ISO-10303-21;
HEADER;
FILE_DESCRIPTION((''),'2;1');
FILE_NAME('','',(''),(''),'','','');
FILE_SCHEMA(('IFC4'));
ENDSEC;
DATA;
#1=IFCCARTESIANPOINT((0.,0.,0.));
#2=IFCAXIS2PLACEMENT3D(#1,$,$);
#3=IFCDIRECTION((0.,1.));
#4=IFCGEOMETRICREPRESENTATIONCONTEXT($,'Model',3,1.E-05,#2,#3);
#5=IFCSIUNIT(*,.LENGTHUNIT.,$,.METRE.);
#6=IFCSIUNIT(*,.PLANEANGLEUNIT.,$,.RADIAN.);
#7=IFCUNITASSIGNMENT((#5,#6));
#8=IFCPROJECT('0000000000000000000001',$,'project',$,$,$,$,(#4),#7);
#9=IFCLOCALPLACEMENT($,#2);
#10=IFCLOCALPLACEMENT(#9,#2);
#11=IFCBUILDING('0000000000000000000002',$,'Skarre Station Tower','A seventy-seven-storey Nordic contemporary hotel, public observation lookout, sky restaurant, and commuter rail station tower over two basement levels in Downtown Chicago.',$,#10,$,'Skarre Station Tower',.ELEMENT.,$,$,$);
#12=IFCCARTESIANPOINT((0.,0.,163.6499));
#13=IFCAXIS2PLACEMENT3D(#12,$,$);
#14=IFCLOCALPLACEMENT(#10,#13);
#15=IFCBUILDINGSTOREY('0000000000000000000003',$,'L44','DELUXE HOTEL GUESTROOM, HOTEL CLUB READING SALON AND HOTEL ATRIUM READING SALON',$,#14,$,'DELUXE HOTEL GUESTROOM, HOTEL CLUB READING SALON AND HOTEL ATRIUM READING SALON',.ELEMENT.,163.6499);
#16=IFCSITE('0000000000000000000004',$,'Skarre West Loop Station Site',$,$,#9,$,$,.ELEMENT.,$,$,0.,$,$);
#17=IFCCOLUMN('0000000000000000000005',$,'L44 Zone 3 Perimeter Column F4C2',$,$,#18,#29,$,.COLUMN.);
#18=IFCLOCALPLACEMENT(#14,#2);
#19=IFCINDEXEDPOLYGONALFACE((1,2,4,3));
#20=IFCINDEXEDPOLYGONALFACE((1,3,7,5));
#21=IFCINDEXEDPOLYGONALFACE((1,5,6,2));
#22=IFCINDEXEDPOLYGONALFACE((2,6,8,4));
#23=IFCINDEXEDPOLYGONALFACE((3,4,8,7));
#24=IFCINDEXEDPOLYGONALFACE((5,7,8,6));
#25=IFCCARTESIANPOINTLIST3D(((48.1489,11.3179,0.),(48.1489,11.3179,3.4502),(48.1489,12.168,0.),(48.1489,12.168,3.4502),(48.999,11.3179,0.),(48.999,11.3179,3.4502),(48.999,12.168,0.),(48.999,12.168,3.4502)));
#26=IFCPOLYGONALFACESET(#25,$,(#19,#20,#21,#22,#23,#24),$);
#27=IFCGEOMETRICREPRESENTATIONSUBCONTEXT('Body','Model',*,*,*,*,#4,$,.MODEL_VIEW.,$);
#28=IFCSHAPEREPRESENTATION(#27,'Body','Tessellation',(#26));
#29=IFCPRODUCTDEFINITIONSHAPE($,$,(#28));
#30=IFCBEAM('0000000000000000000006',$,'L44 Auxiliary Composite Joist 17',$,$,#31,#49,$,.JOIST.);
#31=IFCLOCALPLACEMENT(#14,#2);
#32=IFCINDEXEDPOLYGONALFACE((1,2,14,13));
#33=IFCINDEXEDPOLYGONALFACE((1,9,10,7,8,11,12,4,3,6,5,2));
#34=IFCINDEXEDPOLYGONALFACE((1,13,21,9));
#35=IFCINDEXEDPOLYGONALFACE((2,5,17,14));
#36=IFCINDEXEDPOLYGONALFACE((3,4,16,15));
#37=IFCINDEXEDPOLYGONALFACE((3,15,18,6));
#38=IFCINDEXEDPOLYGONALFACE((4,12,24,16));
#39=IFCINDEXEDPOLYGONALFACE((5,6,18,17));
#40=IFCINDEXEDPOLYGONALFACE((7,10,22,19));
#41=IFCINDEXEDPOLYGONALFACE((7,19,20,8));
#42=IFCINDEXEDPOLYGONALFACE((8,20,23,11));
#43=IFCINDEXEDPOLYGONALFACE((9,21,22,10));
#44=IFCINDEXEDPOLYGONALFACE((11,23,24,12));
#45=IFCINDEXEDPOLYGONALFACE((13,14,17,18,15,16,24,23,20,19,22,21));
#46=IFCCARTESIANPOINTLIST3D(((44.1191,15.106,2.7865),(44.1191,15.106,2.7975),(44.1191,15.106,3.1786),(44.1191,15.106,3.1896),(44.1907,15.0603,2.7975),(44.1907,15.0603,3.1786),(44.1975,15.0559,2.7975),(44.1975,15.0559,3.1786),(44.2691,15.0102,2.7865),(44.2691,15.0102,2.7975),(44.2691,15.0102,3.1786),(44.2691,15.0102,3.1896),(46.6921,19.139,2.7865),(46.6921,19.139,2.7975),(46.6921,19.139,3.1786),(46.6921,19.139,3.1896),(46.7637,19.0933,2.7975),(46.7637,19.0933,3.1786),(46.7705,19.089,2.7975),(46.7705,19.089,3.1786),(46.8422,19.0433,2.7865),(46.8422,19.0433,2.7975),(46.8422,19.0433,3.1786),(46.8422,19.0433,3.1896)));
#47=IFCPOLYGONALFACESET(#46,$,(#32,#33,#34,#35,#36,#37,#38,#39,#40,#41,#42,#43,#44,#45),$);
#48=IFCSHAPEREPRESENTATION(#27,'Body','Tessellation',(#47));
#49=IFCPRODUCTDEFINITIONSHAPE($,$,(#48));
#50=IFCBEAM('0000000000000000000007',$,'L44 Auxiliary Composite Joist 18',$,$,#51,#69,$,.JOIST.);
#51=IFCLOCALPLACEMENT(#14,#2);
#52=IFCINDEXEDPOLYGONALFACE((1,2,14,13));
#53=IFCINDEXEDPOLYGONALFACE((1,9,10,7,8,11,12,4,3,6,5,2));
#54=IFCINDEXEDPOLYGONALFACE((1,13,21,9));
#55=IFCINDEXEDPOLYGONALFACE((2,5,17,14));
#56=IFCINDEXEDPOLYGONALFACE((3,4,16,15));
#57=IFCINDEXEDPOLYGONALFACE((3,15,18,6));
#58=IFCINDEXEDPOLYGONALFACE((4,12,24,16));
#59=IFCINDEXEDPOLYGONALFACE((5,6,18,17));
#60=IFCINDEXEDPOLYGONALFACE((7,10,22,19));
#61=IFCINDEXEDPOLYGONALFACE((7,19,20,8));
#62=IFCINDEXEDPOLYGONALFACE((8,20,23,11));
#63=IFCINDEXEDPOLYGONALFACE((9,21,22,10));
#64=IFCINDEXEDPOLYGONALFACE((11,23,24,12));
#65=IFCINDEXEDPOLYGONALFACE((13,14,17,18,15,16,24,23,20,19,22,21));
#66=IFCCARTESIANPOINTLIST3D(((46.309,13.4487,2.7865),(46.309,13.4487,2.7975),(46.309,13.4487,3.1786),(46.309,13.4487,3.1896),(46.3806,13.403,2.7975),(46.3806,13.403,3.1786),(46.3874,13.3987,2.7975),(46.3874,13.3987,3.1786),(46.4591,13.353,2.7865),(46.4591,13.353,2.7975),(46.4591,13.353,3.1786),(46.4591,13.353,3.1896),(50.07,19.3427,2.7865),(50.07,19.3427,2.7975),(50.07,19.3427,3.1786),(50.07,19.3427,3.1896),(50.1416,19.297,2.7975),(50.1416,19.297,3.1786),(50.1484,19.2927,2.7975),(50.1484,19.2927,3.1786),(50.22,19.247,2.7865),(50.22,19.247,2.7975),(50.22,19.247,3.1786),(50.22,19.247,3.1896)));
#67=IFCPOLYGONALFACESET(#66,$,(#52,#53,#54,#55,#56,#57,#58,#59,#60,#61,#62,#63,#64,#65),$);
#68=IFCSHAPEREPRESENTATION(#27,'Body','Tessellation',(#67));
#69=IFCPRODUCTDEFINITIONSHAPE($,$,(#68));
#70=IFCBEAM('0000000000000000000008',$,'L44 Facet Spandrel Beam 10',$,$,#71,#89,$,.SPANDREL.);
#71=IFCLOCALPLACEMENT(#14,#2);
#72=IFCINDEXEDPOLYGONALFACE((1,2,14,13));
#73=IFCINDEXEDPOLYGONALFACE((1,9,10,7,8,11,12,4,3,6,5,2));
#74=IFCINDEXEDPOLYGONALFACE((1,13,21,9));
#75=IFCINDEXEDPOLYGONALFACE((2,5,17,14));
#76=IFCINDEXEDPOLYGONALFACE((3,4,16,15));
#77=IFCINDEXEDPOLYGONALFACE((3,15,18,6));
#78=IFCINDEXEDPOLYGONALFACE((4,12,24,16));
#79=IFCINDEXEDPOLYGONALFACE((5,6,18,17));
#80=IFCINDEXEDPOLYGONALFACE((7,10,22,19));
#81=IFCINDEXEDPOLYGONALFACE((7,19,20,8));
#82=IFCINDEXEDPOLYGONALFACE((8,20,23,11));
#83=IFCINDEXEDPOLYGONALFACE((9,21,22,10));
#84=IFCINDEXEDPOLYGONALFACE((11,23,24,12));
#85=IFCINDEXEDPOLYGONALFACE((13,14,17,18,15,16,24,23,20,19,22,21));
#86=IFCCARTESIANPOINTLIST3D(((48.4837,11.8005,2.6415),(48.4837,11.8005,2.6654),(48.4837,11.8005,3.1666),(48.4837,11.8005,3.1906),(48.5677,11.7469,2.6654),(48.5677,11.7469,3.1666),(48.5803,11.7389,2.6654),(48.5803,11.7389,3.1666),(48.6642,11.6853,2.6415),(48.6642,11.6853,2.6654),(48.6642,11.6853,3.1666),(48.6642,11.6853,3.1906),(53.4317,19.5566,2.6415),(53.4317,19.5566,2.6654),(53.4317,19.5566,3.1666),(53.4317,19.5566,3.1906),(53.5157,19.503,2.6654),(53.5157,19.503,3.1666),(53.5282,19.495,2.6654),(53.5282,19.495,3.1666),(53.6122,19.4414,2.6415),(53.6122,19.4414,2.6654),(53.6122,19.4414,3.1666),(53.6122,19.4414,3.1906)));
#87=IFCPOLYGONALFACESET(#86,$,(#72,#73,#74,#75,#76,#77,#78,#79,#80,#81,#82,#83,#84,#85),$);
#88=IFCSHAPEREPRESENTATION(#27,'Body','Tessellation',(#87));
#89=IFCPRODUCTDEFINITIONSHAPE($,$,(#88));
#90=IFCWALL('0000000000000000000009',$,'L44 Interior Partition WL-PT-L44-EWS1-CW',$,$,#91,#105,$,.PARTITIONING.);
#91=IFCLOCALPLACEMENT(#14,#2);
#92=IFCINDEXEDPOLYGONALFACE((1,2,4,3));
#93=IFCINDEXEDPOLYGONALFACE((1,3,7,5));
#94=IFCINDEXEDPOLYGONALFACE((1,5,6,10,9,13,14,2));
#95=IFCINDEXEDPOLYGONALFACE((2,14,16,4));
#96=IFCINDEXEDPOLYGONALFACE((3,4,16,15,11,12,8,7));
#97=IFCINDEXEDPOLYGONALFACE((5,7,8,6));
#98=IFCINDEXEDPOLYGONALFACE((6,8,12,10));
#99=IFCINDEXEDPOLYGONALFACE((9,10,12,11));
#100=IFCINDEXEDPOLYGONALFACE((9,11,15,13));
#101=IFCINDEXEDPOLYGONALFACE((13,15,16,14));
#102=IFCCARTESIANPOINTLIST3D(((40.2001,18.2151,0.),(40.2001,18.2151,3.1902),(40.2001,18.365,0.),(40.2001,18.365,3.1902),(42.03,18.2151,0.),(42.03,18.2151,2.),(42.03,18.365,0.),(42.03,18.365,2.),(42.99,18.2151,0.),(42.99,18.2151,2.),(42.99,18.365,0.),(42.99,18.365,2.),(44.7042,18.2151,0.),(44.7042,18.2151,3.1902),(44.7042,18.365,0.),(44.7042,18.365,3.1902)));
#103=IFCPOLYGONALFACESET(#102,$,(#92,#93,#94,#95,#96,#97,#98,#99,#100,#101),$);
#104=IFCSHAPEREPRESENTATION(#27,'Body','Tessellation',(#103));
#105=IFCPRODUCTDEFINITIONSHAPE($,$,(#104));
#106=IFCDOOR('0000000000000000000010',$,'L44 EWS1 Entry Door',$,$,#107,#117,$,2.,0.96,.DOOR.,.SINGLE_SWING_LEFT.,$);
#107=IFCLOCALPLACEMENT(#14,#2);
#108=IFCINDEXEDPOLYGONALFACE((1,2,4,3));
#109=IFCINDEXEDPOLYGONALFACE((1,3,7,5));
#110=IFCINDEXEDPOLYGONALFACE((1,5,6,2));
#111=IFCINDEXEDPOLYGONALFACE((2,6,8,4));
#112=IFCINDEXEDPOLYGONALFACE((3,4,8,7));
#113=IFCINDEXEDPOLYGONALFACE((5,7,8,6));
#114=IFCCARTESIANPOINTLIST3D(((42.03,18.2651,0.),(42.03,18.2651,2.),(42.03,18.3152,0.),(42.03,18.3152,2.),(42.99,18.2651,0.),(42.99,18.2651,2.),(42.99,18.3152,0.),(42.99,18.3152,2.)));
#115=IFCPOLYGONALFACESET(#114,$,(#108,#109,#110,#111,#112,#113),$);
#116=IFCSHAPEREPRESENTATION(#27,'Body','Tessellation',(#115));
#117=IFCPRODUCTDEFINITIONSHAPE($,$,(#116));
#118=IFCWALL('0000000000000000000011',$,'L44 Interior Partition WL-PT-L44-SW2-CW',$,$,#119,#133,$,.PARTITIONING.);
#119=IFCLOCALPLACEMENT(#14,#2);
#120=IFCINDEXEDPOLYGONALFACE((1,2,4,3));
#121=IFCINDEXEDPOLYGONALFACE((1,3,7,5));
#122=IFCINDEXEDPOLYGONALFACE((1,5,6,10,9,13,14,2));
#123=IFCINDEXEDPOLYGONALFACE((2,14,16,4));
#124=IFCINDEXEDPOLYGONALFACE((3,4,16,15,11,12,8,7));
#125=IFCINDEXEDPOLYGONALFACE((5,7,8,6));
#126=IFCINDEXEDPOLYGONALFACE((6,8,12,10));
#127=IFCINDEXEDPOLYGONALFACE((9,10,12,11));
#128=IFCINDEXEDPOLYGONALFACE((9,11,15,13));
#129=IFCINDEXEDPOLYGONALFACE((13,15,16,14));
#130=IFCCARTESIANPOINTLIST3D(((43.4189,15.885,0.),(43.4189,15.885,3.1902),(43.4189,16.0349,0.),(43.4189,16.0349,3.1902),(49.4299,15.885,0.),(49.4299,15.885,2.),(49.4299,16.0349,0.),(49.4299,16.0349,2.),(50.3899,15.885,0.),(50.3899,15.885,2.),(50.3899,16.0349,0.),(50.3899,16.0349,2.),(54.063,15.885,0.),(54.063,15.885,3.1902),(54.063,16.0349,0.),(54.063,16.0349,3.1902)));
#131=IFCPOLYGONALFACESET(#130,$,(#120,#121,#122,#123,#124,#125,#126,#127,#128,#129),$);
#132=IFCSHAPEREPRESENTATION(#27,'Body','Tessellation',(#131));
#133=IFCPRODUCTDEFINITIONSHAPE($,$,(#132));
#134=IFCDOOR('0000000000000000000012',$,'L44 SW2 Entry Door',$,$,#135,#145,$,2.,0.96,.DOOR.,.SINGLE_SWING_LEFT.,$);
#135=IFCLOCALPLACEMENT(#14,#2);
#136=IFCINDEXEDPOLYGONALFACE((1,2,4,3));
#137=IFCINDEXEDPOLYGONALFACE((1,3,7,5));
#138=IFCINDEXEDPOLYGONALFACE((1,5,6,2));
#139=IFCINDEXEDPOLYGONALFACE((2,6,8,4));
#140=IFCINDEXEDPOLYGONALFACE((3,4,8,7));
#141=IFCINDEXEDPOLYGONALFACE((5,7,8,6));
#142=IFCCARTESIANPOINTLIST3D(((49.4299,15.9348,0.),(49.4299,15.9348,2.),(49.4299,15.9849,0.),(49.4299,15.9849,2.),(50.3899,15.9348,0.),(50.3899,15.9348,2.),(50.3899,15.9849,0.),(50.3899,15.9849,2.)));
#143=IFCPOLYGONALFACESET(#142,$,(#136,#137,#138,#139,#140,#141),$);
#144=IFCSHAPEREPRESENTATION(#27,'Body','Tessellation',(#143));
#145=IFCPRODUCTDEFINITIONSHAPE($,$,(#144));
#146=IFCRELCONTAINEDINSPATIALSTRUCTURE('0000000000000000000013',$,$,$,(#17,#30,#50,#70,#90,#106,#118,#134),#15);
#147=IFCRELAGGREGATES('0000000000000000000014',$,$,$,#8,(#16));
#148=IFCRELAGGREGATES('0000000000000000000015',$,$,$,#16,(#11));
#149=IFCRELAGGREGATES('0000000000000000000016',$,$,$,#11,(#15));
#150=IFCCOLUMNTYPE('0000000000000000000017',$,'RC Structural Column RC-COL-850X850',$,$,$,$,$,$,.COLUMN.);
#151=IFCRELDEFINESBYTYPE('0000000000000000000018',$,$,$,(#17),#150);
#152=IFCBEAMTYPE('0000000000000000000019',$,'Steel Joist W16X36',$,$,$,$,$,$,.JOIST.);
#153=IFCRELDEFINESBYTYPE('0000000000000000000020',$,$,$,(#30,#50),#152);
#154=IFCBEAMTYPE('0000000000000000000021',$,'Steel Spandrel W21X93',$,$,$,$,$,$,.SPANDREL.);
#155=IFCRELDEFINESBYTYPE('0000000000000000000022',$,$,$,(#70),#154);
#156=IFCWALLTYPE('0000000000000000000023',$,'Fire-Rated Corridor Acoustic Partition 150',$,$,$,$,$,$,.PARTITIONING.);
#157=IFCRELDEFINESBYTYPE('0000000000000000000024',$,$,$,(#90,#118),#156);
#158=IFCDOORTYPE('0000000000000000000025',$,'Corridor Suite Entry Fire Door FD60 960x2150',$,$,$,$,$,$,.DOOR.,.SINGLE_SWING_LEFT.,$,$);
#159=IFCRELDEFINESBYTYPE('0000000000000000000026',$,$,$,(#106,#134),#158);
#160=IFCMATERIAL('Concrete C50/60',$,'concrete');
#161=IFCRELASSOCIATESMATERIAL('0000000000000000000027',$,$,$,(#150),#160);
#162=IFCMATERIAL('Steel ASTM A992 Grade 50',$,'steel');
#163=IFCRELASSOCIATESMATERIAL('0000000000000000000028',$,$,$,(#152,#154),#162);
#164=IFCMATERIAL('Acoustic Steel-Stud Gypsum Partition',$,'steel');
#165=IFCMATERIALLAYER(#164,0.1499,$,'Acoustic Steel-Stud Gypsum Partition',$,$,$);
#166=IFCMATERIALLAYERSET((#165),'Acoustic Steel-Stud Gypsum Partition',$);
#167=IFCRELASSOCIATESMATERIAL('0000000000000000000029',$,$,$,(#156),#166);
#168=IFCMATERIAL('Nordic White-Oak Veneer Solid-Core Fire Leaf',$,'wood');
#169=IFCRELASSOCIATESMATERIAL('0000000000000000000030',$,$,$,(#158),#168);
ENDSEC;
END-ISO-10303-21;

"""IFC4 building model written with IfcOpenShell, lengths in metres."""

from ifc_helpers import new_model, si_unit, direction, frame, frame_2d, origin, origin_2d, place, context, subcontext, project, spatial, rectangle, i_section, extrude, material, layer, layer_set, material_profile, profile_set, type_object, element, fill, save


model = new_model("IFC4")

# Units and contexts
model_context = context("Model", 3, precision=1e-05, world=origin(), true_north=direction((0.0, 1.0)))
body_context = subcontext(model_context, "Body", "Model", "MODEL_VIEW")
ifc_project = project(units=[si_unit("LENGTHUNIT", "METRE"), si_unit("PLANEANGLEUNIT", "RADIAN")], contexts=[model_context])

# Site, building, storey
site_placement = place(None, origin())
site = spatial("IfcSite", under=ifc_project, at=site_placement, Name="Skarre West Loop Station Site", CompositionType="ELEMENT", RefElevation=0.0)
building_placement = place(site_placement, origin())
building = spatial("IfcBuilding", under=site, at=building_placement, Name="Skarre Station Tower", Description="A seventy-seven-storey Nordic contemporary hotel, public observation lookout, sky restaurant, and commuter rail station tower over two basement levels in Downtown Chicago.", LongName="Skarre Station Tower", CompositionType="ELEMENT")
storey_placement = place(building_placement, frame((0.0, 0.0, 163.6499)))
storey = spatial("IfcBuildingStorey", under=building, at=storey_placement, Name="L44", Description="DELUXE HOTEL GUESTROOM, HOTEL CLUB READING SALON AND HOTEL ATRIUM READING SALON", LongName="DELUXE HOTEL GUESTROOM, HOTEL CLUB READING SALON AND HOTEL ATRIUM READING SALON", CompositionType="ELEMENT", Elevation=163.6499)

# Column
ifc_material_1 = material(Name="Concrete C50/60", Category="concrete")
ifc_material_profile_1 = material_profile(ifc_material_1, rectangle(XDim=0.8501, YDim=0.8501, at=origin_2d()), Name="Concrete C50/60")
ifc_profile_set_1 = profile_set([ifc_material_profile_1], Name="Concrete C50/60")
column_type = type_object("IfcColumnType", Name="RC Structural Column RC-COL-850X850", PredefinedType="COLUMN", material=ifc_profile_set_1)
column_placement = place(storey_placement, frame((48.574, 11.7429, 0.0), z_axis=(0.0, 0.0, 1.0), x_axis=(1.0, 0.0, 0.0)))
element("IfcColumn", 1, at=column_placement, inside=storey, type_object=column_type, Name="L44 Zone 3 Perimeter Column F4C2", PredefinedType="COLUMN", context=body_context, shape_type="SweptSolid", body=[
    extrude(rectangle(XDim=0.8501, YDim=0.8501, at=origin_2d()), origin(), (0.0, 0.0, 1.0), 3.4502),
])

# Beams
ifc_material_2 = material(Name="Steel ASTM A992 Grade 50", Category="steel")
ifc_material_profile_2 = material_profile(ifc_material_2, i_section(OverallWidth=0.178, OverallDepth=0.4031, WebThickness=0.0081, FlangeThickness=0.011, at=origin_2d()), Name="Steel ASTM A992 Grade 50")
ifc_profile_set_2 = profile_set([ifc_material_profile_2], Name="Steel ASTM A992 Grade 50")
beam_type_1 = type_object("IfcBeamType", Name="Steel Joist W16X36", PredefinedType="JOIST", material=ifc_profile_set_2)
beam_1_placement = place(storey_placement, frame((44.1941, 15.0581, 2.988), z_axis=(0.537853, 0.843039, 0.0), x_axis=(-0.843039, 0.537853, 0.0)))
element("IfcBeam", 2, at=beam_1_placement, inside=storey, type_object=beam_type_1, Name="L44 Auxiliary Composite Joist 17", PredefinedType="JOIST", context=body_context, shape_type="SweptSolid", body=[
    extrude(i_section(OverallWidth=0.178, OverallDepth=0.4031, WebThickness=0.0081, FlangeThickness=0.011, at=origin_2d()), origin(), (0.0, 0.0, 1.0), 4.7839),
])
beam_2_placement = place(storey_placement, frame((46.384, 13.4009, 2.988), z_axis=(0.537917, 0.842998, 0.0), x_axis=(-0.842998, 0.537917, 0.0)))
element("IfcBeam", 3, at=beam_2_placement, inside=storey, type_object=beam_type_1, Name="L44 Auxiliary Composite Joist 18", PredefinedType="JOIST", context=body_context, shape_type="SweptSolid", body=[
    extrude(i_section(OverallWidth=0.178, OverallDepth=0.4031, WebThickness=0.0081, FlangeThickness=0.011, at=origin_2d()), origin(), (0.0, 0.0, 1.0), 6.9917),
])
ifc_material_profile_3 = material_profile(ifc_material_2, i_section(OverallWidth=0.2141, OverallDepth=0.5491, WebThickness=0.0149, FlangeThickness=0.0239, at=origin_2d()), Name="Steel ASTM A992 Grade 50")
ifc_profile_set_3 = profile_set([ifc_material_profile_3], Name="Steel ASTM A992 Grade 50")
beam_type_2 = type_object("IfcBeamType", Name="Steel Spandrel W21X93", PredefinedType="SPANDREL", material=ifc_profile_set_3)
beam_3_placement = place(storey_placement, frame((48.574, 11.7429, 2.916), z_axis=(0.537826, 0.843056, 0.0), x_axis=(-0.843056, 0.537826, 0.0)))
element("IfcBeam", 4, at=beam_3_placement, inside=storey, type_object=beam_type_2, Name="L44 Facet Spandrel Beam 10", PredefinedType="SPANDREL", context=body_context, shape_type="SweptSolid", body=[
    extrude(i_section(OverallWidth=0.2141, OverallDepth=0.5491, WebThickness=0.0149, FlangeThickness=0.0239, at=origin_2d()), origin(), (0.0, 0.0, 1.0), 9.2),
])

# Walls, openings, doors
ifc_material_3 = material(Name="Acoustic Steel-Stud Gypsum Partition", Category="steel")
ifc_layer_1 = layer(ifc_material_3, 0.1499, Name="Acoustic Steel-Stud Gypsum Partition")
ifc_layer_set_1 = layer_set([ifc_layer_1], Name="Acoustic Steel-Stud Gypsum Partition")
wall_type_1 = type_object("IfcWallType", Name="Fire-Rated Corridor Acoustic Partition 150", PredefinedType="PARTITIONING", material=ifc_layer_set_1)
wall_1_placement = place(storey_placement, frame((44.7041, 18.29, 0.0), z_axis=(0.0, 0.0, 1.0), x_axis=(-1.0, 0.0, 0.0)))
wall_1 = element("IfcWall", 5, at=wall_1_placement, inside=storey, type_object=wall_type_1, Name="L44 Interior Partition WL-PT-L44-EWS1-CW", PredefinedType="PARTITIONING", context=body_context, shape_type="SweptSolid", body=[
    extrude(rectangle(XDim=4.5042, YDim=0.1499, at=frame_2d((2.252, 0.0))), origin(), (0.0, 0.0, 1.0), 3.1902),
])
opening_1_placement = place(wall_1_placement, frame((1.7141, 0.0, 0.0)))
opening_1 = element("IfcOpeningElement", 6, at=opening_1_placement, cuts=wall_1, PredefinedType="OPENING", context=body_context, shape_type="SweptSolid", body=[
    extrude(rectangle(XDim=0.96, YDim=2.0, at=frame_2d((0.48, 1.0))), frame((0.0, 0.085, 0.0), z_axis=(0.0, -1.0, 0.0), x_axis=(1.0, 0.0, 0.0)), (0.0, 0.0, 1.0), 0.1699),
])
ifc_material_4 = material(Name="Nordic White-Oak Veneer Solid-Core Fire Leaf", Category="wood")
door_type_1 = type_object("IfcDoorType", Name="Corridor Suite Entry Fire Door FD60 960x2150", OperationType="SINGLE_SWING_LEFT", PredefinedType="DOOR", material=ifc_material_4)
door_1_placement = place(opening_1_placement, origin())
door_1 = element("IfcDoor", 7, at=door_1_placement, inside=storey, type_object=door_type_1, Name="L44 EWS1 Entry Door", OperationType="SINGLE_SWING_LEFT", OverallHeight=2.0, OverallWidth=0.96, PredefinedType="DOOR", context=body_context, shape_type="SweptSolid", body=[
    extrude(rectangle(XDim=0.96, YDim=2.0, at=frame_2d((0.48, 1.0))), frame((0.0, 0.0249, 0.0), z_axis=(0.0, -1.0, 0.0), x_axis=(1.0, 0.0, 0.0)), (0.0, 0.0, 1.0), 0.05),
])
fill(opening_1, door_1)
wall_2_placement = place(storey_placement, frame((43.4189, 15.96, 0.0), z_axis=(0.0, 0.0, 1.0), x_axis=(1.0, 0.0, 0.0)))
wall_2 = element("IfcWall", 8, at=wall_2_placement, inside=storey, type_object=wall_type_1, Name="L44 Interior Partition WL-PT-L44-SW2-CW", PredefinedType="PARTITIONING", context=body_context, shape_type="SweptSolid", body=[
    extrude(rectangle(XDim=10.644, YDim=0.1499, at=frame_2d((5.322, 0.0))), origin(), (0.0, 0.0, 1.0), 3.1902),
])
opening_2_placement = place(wall_2_placement, frame((6.011, 0.0, 0.0)))
opening_2 = element("IfcOpeningElement", 9, at=opening_2_placement, cuts=wall_2, PredefinedType="OPENING", context=body_context, shape_type="SweptSolid", body=[
    extrude(rectangle(XDim=0.96, YDim=2.0, at=frame_2d((0.48, 1.0))), frame((0.0, 0.085, 0.0), z_axis=(0.0, -1.0, 0.0), x_axis=(1.0, 0.0, 0.0)), (0.0, 0.0, 1.0), 0.1699),
])
door_2_placement = place(opening_2_placement, origin())
door_2 = element("IfcDoor", 10, at=door_2_placement, inside=storey, type_object=door_type_1, Name="L44 SW2 Entry Door", OperationType="SINGLE_SWING_LEFT", OverallHeight=2.0, OverallWidth=0.96, PredefinedType="DOOR", context=body_context, shape_type="SweptSolid", body=[
    extrude(rectangle(XDim=0.96, YDim=2.0, at=frame_2d((0.48, 1.0))), frame((0.0, 0.0249, 0.0), z_axis=(0.0, -1.0, 0.0), x_axis=(1.0, 0.0, 0.0)), (0.0, 0.0, 1.0), 0.05),
])
fill(opening_2, door_2)

save(model, "model.ifc")
